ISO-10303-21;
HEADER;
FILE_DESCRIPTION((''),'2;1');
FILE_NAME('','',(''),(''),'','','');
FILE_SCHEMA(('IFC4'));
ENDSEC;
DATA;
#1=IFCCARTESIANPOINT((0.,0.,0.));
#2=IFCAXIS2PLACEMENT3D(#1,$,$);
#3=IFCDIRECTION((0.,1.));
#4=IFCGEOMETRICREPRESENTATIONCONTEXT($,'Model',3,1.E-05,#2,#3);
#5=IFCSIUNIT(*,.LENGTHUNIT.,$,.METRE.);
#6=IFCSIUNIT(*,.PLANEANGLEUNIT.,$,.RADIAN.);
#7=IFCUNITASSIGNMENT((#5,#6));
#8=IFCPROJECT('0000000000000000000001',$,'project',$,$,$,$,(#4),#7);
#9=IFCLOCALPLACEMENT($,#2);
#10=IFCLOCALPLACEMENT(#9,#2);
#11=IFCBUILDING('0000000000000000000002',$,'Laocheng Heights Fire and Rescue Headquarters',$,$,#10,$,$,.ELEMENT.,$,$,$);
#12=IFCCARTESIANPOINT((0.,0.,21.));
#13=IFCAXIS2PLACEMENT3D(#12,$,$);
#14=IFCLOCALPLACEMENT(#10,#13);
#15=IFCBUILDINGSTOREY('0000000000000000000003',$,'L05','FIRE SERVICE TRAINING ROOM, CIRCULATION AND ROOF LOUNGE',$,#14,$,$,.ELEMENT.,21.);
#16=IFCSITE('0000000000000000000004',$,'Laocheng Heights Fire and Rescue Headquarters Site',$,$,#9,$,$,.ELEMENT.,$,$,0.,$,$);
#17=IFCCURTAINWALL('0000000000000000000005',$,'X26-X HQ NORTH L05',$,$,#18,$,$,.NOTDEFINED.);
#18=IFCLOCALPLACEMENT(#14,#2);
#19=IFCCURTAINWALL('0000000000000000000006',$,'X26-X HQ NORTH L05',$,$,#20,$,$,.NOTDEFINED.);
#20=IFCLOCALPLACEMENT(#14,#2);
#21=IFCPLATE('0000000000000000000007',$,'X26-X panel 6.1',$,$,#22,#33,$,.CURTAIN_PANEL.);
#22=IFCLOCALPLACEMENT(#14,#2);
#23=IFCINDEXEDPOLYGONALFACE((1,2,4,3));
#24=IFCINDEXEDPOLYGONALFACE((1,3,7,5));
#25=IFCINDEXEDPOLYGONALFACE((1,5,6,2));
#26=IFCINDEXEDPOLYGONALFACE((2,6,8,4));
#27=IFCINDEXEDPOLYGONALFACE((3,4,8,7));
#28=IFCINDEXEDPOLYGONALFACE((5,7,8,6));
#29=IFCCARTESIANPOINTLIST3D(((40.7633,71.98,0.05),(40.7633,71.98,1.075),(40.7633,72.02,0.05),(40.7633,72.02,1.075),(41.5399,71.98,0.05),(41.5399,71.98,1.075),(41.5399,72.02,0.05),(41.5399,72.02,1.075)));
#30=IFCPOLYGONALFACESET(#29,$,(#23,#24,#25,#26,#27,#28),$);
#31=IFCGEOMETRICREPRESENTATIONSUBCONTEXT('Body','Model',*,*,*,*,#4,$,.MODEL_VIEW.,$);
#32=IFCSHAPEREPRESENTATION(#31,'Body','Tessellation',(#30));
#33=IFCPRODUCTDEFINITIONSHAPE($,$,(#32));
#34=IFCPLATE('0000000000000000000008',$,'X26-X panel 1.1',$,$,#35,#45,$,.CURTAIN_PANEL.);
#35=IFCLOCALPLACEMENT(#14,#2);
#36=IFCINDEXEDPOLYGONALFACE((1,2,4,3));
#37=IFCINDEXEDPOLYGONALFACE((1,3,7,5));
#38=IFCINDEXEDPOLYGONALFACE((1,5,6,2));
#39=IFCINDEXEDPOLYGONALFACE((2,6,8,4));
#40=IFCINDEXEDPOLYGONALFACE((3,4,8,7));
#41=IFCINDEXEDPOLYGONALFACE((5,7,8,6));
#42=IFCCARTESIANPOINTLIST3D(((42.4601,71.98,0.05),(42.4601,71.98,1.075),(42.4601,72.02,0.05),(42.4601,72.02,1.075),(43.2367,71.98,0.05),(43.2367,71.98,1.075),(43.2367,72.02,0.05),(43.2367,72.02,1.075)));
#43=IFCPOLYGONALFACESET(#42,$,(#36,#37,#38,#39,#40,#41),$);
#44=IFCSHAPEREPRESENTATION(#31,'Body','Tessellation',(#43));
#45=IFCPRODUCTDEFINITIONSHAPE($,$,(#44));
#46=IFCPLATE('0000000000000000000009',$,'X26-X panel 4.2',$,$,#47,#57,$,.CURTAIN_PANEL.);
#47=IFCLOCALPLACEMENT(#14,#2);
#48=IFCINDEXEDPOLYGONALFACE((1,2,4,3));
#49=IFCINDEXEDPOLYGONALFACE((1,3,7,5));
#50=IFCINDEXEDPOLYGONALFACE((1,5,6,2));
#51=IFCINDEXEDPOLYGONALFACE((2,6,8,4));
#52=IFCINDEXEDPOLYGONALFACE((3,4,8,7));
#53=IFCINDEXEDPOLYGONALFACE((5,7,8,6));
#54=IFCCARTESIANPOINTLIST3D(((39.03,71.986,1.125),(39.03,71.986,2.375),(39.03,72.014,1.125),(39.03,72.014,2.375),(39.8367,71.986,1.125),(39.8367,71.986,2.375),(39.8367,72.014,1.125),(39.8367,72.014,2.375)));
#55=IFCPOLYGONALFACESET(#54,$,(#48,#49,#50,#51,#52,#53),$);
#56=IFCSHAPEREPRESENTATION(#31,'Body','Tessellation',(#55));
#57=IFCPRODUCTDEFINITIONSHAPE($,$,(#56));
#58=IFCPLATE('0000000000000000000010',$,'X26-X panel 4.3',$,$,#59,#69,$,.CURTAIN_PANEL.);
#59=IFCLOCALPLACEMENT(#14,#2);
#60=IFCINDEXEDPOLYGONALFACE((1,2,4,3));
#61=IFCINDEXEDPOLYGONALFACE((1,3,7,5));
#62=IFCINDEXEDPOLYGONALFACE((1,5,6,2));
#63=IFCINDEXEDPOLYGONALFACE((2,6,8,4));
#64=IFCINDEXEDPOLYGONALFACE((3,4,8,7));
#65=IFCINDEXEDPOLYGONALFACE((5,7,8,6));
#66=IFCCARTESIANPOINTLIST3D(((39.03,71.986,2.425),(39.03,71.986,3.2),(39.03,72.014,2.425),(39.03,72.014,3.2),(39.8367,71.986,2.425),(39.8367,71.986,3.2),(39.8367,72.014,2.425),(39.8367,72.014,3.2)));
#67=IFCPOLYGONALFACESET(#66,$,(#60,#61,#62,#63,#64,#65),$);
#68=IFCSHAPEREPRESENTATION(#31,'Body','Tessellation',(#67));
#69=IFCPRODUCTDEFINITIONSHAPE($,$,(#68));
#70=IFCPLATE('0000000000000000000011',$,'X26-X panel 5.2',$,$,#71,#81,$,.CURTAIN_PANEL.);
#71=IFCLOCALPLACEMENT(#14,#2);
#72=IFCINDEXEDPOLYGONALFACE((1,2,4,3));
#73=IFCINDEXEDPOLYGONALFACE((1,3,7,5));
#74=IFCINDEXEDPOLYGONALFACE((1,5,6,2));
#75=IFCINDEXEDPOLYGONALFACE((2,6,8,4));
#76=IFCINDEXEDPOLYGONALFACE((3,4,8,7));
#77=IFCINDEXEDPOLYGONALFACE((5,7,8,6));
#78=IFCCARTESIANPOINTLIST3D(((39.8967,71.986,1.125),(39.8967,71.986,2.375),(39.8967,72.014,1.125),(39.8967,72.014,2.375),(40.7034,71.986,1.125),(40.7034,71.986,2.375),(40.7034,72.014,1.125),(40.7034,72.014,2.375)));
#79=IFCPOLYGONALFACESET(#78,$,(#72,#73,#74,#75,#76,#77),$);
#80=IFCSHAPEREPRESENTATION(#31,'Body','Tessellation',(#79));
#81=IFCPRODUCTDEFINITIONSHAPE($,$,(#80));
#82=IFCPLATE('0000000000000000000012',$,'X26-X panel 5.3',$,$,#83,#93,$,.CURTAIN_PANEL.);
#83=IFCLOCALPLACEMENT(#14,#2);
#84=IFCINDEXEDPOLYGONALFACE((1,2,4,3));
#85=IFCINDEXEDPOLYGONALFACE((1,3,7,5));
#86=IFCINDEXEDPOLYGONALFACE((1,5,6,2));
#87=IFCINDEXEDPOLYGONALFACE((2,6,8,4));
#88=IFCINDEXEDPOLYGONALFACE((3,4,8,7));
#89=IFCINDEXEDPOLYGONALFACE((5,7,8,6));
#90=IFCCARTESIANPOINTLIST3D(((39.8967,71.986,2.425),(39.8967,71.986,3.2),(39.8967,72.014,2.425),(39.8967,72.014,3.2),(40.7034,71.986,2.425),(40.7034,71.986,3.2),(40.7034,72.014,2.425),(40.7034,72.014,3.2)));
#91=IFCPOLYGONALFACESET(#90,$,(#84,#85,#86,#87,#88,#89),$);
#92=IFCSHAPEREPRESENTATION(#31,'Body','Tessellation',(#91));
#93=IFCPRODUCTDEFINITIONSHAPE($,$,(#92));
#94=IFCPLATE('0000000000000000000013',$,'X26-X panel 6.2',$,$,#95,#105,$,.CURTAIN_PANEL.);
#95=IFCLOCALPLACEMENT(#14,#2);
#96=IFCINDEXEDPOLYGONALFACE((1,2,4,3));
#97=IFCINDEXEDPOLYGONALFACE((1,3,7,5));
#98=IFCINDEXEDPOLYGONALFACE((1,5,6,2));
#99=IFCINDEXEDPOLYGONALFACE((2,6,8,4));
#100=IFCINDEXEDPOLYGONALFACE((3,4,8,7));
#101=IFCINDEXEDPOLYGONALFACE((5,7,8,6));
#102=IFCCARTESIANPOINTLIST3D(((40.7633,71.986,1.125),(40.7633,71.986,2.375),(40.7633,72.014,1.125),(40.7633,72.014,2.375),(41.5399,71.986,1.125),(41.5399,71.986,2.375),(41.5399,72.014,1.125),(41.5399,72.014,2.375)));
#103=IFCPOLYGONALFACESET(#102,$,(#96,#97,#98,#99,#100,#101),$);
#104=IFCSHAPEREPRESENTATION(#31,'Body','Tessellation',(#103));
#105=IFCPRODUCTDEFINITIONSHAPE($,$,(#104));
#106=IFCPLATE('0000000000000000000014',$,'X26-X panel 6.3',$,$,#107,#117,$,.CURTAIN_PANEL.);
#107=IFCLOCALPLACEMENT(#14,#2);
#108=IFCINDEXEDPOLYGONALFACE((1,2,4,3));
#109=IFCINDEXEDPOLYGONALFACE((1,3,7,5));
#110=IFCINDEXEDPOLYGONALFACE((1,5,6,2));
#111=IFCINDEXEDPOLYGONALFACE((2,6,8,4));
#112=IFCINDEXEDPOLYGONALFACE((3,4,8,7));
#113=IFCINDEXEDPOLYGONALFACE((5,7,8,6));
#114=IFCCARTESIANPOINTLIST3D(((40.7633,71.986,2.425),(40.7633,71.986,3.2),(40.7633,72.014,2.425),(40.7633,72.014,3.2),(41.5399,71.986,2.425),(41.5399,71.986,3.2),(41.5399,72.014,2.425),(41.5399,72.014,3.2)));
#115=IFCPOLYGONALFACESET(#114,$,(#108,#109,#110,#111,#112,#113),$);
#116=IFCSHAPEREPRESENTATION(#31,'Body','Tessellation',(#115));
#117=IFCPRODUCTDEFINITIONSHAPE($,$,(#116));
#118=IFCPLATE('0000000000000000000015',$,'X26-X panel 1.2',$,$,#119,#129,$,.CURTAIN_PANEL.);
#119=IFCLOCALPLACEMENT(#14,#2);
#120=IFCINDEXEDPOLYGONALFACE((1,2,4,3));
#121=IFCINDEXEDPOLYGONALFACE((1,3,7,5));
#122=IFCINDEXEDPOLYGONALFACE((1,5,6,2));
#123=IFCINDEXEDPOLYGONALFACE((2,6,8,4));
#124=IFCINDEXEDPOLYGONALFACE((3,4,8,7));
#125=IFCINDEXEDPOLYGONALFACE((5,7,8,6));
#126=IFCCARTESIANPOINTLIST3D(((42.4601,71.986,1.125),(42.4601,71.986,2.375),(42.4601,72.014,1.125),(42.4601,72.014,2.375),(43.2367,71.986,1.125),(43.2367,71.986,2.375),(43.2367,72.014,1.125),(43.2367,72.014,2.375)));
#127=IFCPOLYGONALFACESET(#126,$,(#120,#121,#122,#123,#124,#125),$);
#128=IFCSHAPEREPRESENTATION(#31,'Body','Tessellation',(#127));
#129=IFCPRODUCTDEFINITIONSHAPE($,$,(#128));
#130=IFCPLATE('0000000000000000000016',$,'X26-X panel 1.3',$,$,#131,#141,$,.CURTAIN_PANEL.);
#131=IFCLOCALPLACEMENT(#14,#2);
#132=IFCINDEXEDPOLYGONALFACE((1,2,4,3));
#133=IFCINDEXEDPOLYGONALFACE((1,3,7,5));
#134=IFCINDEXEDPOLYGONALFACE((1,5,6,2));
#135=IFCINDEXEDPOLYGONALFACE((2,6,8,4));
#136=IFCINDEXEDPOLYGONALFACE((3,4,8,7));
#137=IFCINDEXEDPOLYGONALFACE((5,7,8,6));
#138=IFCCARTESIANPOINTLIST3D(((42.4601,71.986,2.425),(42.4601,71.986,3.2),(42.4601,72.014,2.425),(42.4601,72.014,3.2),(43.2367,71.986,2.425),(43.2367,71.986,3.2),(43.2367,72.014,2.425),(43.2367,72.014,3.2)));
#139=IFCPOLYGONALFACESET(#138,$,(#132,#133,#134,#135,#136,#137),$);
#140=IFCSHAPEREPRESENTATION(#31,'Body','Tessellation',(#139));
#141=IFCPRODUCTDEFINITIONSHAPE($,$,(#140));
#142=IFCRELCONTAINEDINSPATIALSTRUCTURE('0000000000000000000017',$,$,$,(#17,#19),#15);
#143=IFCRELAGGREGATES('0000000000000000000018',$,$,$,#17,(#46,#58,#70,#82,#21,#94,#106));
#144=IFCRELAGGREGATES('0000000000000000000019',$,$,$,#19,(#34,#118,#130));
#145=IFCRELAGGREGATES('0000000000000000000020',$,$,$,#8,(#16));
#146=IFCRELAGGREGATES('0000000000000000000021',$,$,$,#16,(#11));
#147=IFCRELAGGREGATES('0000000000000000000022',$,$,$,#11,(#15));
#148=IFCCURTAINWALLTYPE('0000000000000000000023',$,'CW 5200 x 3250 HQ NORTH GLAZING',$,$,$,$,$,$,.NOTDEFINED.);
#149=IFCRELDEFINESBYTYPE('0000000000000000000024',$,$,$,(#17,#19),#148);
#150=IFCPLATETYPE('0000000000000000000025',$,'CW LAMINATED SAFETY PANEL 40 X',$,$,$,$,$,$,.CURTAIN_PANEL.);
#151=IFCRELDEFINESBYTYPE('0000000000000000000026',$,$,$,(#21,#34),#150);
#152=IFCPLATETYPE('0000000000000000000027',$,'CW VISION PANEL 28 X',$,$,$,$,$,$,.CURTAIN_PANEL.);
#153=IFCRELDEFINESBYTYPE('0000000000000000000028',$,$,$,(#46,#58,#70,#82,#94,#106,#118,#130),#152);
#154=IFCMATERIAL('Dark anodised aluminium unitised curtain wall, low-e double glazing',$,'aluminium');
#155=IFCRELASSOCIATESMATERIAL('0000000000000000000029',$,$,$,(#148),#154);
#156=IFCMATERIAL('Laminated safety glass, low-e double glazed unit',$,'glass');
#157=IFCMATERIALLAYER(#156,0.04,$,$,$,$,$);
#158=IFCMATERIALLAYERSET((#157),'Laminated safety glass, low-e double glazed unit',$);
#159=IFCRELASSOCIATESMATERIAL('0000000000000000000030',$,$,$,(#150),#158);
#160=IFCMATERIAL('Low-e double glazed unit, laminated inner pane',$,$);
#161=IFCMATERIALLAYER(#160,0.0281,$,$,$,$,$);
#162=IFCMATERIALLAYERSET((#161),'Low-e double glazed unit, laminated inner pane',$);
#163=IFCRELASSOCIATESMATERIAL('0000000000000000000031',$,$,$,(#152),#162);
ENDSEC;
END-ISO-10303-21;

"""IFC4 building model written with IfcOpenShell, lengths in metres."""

from ifc_helpers import new_model, si_unit, direction, frame, origin, origin_2d, place, context, subcontext, project, spatial, rectangle, extrude, material, layer, layer_set, type_object, element, aggregate, save


model = new_model("IFC4")

# Units and contexts
model_context = context("Model", 3, precision=1e-05, world=origin(), true_north=direction((0.0, 1.0)))
body_context = subcontext(model_context, "Body", "Model", "MODEL_VIEW")
ifc_project = project(units=[si_unit("LENGTHUNIT", "METRE"), si_unit("PLANEANGLEUNIT", "RADIAN")], contexts=[model_context])

# Site, building, storey
site_placement = place(None, origin())
site = spatial("IfcSite", under=ifc_project, at=site_placement, Name="Laocheng Heights Fire and Rescue Headquarters Site", CompositionType="ELEMENT", RefElevation=0.0)
building_placement = place(site_placement, origin())
building = spatial("IfcBuilding", under=site, at=building_placement, Name="Laocheng Heights Fire and Rescue Headquarters", CompositionType="ELEMENT")
storey_placement = place(building_placement, frame((0.0, 0.0, 21.0)))
storey = spatial("IfcBuildingStorey", under=building, at=storey_placement, Name="L05", Description="FIRE SERVICE TRAINING ROOM, CIRCULATION AND ROOF LOUNGE", CompositionType="ELEMENT", Elevation=21.0)

# Curtain walls
ifc_material_1 = material(Name="Dark anodised aluminium unitised curtain wall, low-e double glazing", Category="aluminium")
curtain_wall_type = type_object("IfcCurtainWallType", Name="CW 5200 x 3250 HQ NORTH GLAZING", PredefinedType="NOTDEFINED", material=ifc_material_1)
curtain_wall_1_placement = place(storey_placement, origin())
curtain_wall_1 = element("IfcCurtainWall", 1, at=curtain_wall_1_placement, inside=storey, type_object=curtain_wall_type, Name="X26-X HQ NORTH L05", PredefinedType="NOTDEFINED")
curtain_wall_2_placement = place(storey_placement, origin())
curtain_wall_2 = element("IfcCurtainWall", 2, at=curtain_wall_2_placement, inside=storey, type_object=curtain_wall_type, Name="X26-X HQ NORTH L05", PredefinedType="NOTDEFINED")

# Plates
ifc_material_2 = material(Name="Laminated safety glass, low-e double glazed unit", Category="glass")
ifc_layer_1 = layer(ifc_material_2, 0.04)
ifc_layer_set_1 = layer_set([ifc_layer_1], Name="Laminated safety glass, low-e double glazed unit")
plate_type_1 = type_object("IfcPlateType", Name="CW LAMINATED SAFETY PANEL 40 X", PredefinedType="CURTAIN_PANEL", material=ifc_layer_set_1)
plate_1_placement = place(storey_placement, frame((41.1516, 72.0, 0.05), z_axis=(0.0, 0.0, 1.0), x_axis=(1.0, 0.0, 0.0)))
plate_1 = element("IfcPlate", 3, at=plate_1_placement, type_object=plate_type_1, Name="X26-X panel 6.1", PredefinedType="CURTAIN_PANEL", context=body_context, shape_type="SweptSolid", body=[
    extrude(rectangle(XDim=0.7766, YDim=0.04, at=origin_2d()), origin(), (0.0, 0.0, 1.0), 1.0249),
])
plate_2_placement = place(storey_placement, frame((42.8484, 72.0, 0.05), z_axis=(0.0, 0.0, 1.0), x_axis=(1.0, 0.0, 0.0)))
plate_2 = element("IfcPlate", 4, at=plate_2_placement, type_object=plate_type_1, Name="X26-X panel 1.1", PredefinedType="CURTAIN_PANEL", context=body_context, shape_type="SweptSolid", body=[
    extrude(rectangle(XDim=0.7766, YDim=0.04, at=origin_2d()), origin(), (0.0, 0.0, 1.0), 1.0249),
])
ifc_material_3 = material(Name="Low-e double glazed unit, laminated inner pane")
ifc_layer_2 = layer(ifc_material_3, 0.0281)
ifc_layer_set_2 = layer_set([ifc_layer_2], Name="Low-e double glazed unit, laminated inner pane")
plate_type_2 = type_object("IfcPlateType", Name="CW VISION PANEL 28 X", PredefinedType="CURTAIN_PANEL", material=ifc_layer_set_2)
plate_3_placement = place(storey_placement, frame((39.4333, 72.0, 1.125), z_axis=(0.0, 0.0, 1.0), x_axis=(1.0, 0.0, 0.0)))
plate_3 = element("IfcPlate", 5, at=plate_3_placement, type_object=plate_type_2, Name="X26-X panel 4.2", PredefinedType="CURTAIN_PANEL", context=body_context, shape_type="SweptSolid", body=[
    extrude(rectangle(XDim=0.8066, YDim=0.0281, at=origin_2d()), origin(), (0.0, 0.0, 1.0), 1.25),
])
plate_4_placement = place(storey_placement, frame((39.4333, 72.0, 2.425), z_axis=(0.0, 0.0, 1.0), x_axis=(1.0, 0.0, 0.0)))
plate_4 = element("IfcPlate", 6, at=plate_4_placement, type_object=plate_type_2, Name="X26-X panel 4.3", PredefinedType="CURTAIN_PANEL", context=body_context, shape_type="SweptSolid", body=[
    extrude(rectangle(XDim=0.8066, YDim=0.0281, at=origin_2d()), origin(), (0.0, 0.0, 1.0), 0.7749),
])
plate_5_placement = place(storey_placement, frame((40.3, 72.0, 1.125), z_axis=(0.0, 0.0, 1.0), x_axis=(1.0, 0.0, 0.0)))
plate_5 = element("IfcPlate", 7, at=plate_5_placement, type_object=plate_type_2, Name="X26-X panel 5.2", PredefinedType="CURTAIN_PANEL", context=body_context, shape_type="SweptSolid", body=[
    extrude(rectangle(XDim=0.8066, YDim=0.0281, at=origin_2d()), origin(), (0.0, 0.0, 1.0), 1.25),
])
plate_6_placement = place(storey_placement, frame((40.3, 72.0, 2.425), z_axis=(0.0, 0.0, 1.0), x_axis=(1.0, 0.0, 0.0)))
plate_6 = element("IfcPlate", 8, at=plate_6_placement, type_object=plate_type_2, Name="X26-X panel 5.3", PredefinedType="CURTAIN_PANEL", context=body_context, shape_type="SweptSolid", body=[
    extrude(rectangle(XDim=0.8066, YDim=0.0281, at=origin_2d()), origin(), (0.0, 0.0, 1.0), 0.7749),
])
plate_7_placement = place(storey_placement, frame((41.1516, 72.0, 1.125), z_axis=(0.0, 0.0, 1.0), x_axis=(1.0, 0.0, 0.0)))
plate_7 = element("IfcPlate", 9, at=plate_7_placement, type_object=plate_type_2, Name="X26-X panel 6.2", PredefinedType="CURTAIN_PANEL", context=body_context, shape_type="SweptSolid", body=[
    extrude(rectangle(XDim=0.7766, YDim=0.0281, at=origin_2d()), origin(), (0.0, 0.0, 1.0), 1.25),
])
plate_8_placement = place(storey_placement, frame((41.1516, 72.0, 2.425), z_axis=(0.0, 0.0, 1.0), x_axis=(1.0, 0.0, 0.0)))
plate_8 = element("IfcPlate", 10, at=plate_8_placement, type_object=plate_type_2, Name="X26-X panel 6.3", PredefinedType="CURTAIN_PANEL", context=body_context, shape_type="SweptSolid", body=[
    extrude(rectangle(XDim=0.7766, YDim=0.0281, at=origin_2d()), origin(), (0.0, 0.0, 1.0), 0.7749),
])
aggregate(curtain_wall_1, [plate_3, plate_4, plate_5, plate_6, plate_1, plate_7, plate_8])
plate_9_placement = place(storey_placement, frame((42.8484, 72.0, 1.125), z_axis=(0.0, 0.0, 1.0), x_axis=(1.0, 0.0, 0.0)))
plate_9 = element("IfcPlate", 11, at=plate_9_placement, type_object=plate_type_2, Name="X26-X panel 1.2", PredefinedType="CURTAIN_PANEL", context=body_context, shape_type="SweptSolid", body=[
    extrude(rectangle(XDim=0.7766, YDim=0.0281, at=origin_2d()), origin(), (0.0, 0.0, 1.0), 1.25),
])
plate_10_placement = place(storey_placement, frame((42.8484, 72.0, 2.425), z_axis=(0.0, 0.0, 1.0), x_axis=(1.0, 0.0, 0.0)))
plate_10 = element("IfcPlate", 12, at=plate_10_placement, type_object=plate_type_2, Name="X26-X panel 1.3", PredefinedType="CURTAIN_PANEL", context=body_context, shape_type="SweptSolid", body=[
    extrude(rectangle(XDim=0.7766, YDim=0.0281, at=origin_2d()), origin(), (0.0, 0.0, 1.0), 0.7749),
])
aggregate(curtain_wall_2, [plate_2, plate_9, plate_10])

save(model, "model.ifc")
